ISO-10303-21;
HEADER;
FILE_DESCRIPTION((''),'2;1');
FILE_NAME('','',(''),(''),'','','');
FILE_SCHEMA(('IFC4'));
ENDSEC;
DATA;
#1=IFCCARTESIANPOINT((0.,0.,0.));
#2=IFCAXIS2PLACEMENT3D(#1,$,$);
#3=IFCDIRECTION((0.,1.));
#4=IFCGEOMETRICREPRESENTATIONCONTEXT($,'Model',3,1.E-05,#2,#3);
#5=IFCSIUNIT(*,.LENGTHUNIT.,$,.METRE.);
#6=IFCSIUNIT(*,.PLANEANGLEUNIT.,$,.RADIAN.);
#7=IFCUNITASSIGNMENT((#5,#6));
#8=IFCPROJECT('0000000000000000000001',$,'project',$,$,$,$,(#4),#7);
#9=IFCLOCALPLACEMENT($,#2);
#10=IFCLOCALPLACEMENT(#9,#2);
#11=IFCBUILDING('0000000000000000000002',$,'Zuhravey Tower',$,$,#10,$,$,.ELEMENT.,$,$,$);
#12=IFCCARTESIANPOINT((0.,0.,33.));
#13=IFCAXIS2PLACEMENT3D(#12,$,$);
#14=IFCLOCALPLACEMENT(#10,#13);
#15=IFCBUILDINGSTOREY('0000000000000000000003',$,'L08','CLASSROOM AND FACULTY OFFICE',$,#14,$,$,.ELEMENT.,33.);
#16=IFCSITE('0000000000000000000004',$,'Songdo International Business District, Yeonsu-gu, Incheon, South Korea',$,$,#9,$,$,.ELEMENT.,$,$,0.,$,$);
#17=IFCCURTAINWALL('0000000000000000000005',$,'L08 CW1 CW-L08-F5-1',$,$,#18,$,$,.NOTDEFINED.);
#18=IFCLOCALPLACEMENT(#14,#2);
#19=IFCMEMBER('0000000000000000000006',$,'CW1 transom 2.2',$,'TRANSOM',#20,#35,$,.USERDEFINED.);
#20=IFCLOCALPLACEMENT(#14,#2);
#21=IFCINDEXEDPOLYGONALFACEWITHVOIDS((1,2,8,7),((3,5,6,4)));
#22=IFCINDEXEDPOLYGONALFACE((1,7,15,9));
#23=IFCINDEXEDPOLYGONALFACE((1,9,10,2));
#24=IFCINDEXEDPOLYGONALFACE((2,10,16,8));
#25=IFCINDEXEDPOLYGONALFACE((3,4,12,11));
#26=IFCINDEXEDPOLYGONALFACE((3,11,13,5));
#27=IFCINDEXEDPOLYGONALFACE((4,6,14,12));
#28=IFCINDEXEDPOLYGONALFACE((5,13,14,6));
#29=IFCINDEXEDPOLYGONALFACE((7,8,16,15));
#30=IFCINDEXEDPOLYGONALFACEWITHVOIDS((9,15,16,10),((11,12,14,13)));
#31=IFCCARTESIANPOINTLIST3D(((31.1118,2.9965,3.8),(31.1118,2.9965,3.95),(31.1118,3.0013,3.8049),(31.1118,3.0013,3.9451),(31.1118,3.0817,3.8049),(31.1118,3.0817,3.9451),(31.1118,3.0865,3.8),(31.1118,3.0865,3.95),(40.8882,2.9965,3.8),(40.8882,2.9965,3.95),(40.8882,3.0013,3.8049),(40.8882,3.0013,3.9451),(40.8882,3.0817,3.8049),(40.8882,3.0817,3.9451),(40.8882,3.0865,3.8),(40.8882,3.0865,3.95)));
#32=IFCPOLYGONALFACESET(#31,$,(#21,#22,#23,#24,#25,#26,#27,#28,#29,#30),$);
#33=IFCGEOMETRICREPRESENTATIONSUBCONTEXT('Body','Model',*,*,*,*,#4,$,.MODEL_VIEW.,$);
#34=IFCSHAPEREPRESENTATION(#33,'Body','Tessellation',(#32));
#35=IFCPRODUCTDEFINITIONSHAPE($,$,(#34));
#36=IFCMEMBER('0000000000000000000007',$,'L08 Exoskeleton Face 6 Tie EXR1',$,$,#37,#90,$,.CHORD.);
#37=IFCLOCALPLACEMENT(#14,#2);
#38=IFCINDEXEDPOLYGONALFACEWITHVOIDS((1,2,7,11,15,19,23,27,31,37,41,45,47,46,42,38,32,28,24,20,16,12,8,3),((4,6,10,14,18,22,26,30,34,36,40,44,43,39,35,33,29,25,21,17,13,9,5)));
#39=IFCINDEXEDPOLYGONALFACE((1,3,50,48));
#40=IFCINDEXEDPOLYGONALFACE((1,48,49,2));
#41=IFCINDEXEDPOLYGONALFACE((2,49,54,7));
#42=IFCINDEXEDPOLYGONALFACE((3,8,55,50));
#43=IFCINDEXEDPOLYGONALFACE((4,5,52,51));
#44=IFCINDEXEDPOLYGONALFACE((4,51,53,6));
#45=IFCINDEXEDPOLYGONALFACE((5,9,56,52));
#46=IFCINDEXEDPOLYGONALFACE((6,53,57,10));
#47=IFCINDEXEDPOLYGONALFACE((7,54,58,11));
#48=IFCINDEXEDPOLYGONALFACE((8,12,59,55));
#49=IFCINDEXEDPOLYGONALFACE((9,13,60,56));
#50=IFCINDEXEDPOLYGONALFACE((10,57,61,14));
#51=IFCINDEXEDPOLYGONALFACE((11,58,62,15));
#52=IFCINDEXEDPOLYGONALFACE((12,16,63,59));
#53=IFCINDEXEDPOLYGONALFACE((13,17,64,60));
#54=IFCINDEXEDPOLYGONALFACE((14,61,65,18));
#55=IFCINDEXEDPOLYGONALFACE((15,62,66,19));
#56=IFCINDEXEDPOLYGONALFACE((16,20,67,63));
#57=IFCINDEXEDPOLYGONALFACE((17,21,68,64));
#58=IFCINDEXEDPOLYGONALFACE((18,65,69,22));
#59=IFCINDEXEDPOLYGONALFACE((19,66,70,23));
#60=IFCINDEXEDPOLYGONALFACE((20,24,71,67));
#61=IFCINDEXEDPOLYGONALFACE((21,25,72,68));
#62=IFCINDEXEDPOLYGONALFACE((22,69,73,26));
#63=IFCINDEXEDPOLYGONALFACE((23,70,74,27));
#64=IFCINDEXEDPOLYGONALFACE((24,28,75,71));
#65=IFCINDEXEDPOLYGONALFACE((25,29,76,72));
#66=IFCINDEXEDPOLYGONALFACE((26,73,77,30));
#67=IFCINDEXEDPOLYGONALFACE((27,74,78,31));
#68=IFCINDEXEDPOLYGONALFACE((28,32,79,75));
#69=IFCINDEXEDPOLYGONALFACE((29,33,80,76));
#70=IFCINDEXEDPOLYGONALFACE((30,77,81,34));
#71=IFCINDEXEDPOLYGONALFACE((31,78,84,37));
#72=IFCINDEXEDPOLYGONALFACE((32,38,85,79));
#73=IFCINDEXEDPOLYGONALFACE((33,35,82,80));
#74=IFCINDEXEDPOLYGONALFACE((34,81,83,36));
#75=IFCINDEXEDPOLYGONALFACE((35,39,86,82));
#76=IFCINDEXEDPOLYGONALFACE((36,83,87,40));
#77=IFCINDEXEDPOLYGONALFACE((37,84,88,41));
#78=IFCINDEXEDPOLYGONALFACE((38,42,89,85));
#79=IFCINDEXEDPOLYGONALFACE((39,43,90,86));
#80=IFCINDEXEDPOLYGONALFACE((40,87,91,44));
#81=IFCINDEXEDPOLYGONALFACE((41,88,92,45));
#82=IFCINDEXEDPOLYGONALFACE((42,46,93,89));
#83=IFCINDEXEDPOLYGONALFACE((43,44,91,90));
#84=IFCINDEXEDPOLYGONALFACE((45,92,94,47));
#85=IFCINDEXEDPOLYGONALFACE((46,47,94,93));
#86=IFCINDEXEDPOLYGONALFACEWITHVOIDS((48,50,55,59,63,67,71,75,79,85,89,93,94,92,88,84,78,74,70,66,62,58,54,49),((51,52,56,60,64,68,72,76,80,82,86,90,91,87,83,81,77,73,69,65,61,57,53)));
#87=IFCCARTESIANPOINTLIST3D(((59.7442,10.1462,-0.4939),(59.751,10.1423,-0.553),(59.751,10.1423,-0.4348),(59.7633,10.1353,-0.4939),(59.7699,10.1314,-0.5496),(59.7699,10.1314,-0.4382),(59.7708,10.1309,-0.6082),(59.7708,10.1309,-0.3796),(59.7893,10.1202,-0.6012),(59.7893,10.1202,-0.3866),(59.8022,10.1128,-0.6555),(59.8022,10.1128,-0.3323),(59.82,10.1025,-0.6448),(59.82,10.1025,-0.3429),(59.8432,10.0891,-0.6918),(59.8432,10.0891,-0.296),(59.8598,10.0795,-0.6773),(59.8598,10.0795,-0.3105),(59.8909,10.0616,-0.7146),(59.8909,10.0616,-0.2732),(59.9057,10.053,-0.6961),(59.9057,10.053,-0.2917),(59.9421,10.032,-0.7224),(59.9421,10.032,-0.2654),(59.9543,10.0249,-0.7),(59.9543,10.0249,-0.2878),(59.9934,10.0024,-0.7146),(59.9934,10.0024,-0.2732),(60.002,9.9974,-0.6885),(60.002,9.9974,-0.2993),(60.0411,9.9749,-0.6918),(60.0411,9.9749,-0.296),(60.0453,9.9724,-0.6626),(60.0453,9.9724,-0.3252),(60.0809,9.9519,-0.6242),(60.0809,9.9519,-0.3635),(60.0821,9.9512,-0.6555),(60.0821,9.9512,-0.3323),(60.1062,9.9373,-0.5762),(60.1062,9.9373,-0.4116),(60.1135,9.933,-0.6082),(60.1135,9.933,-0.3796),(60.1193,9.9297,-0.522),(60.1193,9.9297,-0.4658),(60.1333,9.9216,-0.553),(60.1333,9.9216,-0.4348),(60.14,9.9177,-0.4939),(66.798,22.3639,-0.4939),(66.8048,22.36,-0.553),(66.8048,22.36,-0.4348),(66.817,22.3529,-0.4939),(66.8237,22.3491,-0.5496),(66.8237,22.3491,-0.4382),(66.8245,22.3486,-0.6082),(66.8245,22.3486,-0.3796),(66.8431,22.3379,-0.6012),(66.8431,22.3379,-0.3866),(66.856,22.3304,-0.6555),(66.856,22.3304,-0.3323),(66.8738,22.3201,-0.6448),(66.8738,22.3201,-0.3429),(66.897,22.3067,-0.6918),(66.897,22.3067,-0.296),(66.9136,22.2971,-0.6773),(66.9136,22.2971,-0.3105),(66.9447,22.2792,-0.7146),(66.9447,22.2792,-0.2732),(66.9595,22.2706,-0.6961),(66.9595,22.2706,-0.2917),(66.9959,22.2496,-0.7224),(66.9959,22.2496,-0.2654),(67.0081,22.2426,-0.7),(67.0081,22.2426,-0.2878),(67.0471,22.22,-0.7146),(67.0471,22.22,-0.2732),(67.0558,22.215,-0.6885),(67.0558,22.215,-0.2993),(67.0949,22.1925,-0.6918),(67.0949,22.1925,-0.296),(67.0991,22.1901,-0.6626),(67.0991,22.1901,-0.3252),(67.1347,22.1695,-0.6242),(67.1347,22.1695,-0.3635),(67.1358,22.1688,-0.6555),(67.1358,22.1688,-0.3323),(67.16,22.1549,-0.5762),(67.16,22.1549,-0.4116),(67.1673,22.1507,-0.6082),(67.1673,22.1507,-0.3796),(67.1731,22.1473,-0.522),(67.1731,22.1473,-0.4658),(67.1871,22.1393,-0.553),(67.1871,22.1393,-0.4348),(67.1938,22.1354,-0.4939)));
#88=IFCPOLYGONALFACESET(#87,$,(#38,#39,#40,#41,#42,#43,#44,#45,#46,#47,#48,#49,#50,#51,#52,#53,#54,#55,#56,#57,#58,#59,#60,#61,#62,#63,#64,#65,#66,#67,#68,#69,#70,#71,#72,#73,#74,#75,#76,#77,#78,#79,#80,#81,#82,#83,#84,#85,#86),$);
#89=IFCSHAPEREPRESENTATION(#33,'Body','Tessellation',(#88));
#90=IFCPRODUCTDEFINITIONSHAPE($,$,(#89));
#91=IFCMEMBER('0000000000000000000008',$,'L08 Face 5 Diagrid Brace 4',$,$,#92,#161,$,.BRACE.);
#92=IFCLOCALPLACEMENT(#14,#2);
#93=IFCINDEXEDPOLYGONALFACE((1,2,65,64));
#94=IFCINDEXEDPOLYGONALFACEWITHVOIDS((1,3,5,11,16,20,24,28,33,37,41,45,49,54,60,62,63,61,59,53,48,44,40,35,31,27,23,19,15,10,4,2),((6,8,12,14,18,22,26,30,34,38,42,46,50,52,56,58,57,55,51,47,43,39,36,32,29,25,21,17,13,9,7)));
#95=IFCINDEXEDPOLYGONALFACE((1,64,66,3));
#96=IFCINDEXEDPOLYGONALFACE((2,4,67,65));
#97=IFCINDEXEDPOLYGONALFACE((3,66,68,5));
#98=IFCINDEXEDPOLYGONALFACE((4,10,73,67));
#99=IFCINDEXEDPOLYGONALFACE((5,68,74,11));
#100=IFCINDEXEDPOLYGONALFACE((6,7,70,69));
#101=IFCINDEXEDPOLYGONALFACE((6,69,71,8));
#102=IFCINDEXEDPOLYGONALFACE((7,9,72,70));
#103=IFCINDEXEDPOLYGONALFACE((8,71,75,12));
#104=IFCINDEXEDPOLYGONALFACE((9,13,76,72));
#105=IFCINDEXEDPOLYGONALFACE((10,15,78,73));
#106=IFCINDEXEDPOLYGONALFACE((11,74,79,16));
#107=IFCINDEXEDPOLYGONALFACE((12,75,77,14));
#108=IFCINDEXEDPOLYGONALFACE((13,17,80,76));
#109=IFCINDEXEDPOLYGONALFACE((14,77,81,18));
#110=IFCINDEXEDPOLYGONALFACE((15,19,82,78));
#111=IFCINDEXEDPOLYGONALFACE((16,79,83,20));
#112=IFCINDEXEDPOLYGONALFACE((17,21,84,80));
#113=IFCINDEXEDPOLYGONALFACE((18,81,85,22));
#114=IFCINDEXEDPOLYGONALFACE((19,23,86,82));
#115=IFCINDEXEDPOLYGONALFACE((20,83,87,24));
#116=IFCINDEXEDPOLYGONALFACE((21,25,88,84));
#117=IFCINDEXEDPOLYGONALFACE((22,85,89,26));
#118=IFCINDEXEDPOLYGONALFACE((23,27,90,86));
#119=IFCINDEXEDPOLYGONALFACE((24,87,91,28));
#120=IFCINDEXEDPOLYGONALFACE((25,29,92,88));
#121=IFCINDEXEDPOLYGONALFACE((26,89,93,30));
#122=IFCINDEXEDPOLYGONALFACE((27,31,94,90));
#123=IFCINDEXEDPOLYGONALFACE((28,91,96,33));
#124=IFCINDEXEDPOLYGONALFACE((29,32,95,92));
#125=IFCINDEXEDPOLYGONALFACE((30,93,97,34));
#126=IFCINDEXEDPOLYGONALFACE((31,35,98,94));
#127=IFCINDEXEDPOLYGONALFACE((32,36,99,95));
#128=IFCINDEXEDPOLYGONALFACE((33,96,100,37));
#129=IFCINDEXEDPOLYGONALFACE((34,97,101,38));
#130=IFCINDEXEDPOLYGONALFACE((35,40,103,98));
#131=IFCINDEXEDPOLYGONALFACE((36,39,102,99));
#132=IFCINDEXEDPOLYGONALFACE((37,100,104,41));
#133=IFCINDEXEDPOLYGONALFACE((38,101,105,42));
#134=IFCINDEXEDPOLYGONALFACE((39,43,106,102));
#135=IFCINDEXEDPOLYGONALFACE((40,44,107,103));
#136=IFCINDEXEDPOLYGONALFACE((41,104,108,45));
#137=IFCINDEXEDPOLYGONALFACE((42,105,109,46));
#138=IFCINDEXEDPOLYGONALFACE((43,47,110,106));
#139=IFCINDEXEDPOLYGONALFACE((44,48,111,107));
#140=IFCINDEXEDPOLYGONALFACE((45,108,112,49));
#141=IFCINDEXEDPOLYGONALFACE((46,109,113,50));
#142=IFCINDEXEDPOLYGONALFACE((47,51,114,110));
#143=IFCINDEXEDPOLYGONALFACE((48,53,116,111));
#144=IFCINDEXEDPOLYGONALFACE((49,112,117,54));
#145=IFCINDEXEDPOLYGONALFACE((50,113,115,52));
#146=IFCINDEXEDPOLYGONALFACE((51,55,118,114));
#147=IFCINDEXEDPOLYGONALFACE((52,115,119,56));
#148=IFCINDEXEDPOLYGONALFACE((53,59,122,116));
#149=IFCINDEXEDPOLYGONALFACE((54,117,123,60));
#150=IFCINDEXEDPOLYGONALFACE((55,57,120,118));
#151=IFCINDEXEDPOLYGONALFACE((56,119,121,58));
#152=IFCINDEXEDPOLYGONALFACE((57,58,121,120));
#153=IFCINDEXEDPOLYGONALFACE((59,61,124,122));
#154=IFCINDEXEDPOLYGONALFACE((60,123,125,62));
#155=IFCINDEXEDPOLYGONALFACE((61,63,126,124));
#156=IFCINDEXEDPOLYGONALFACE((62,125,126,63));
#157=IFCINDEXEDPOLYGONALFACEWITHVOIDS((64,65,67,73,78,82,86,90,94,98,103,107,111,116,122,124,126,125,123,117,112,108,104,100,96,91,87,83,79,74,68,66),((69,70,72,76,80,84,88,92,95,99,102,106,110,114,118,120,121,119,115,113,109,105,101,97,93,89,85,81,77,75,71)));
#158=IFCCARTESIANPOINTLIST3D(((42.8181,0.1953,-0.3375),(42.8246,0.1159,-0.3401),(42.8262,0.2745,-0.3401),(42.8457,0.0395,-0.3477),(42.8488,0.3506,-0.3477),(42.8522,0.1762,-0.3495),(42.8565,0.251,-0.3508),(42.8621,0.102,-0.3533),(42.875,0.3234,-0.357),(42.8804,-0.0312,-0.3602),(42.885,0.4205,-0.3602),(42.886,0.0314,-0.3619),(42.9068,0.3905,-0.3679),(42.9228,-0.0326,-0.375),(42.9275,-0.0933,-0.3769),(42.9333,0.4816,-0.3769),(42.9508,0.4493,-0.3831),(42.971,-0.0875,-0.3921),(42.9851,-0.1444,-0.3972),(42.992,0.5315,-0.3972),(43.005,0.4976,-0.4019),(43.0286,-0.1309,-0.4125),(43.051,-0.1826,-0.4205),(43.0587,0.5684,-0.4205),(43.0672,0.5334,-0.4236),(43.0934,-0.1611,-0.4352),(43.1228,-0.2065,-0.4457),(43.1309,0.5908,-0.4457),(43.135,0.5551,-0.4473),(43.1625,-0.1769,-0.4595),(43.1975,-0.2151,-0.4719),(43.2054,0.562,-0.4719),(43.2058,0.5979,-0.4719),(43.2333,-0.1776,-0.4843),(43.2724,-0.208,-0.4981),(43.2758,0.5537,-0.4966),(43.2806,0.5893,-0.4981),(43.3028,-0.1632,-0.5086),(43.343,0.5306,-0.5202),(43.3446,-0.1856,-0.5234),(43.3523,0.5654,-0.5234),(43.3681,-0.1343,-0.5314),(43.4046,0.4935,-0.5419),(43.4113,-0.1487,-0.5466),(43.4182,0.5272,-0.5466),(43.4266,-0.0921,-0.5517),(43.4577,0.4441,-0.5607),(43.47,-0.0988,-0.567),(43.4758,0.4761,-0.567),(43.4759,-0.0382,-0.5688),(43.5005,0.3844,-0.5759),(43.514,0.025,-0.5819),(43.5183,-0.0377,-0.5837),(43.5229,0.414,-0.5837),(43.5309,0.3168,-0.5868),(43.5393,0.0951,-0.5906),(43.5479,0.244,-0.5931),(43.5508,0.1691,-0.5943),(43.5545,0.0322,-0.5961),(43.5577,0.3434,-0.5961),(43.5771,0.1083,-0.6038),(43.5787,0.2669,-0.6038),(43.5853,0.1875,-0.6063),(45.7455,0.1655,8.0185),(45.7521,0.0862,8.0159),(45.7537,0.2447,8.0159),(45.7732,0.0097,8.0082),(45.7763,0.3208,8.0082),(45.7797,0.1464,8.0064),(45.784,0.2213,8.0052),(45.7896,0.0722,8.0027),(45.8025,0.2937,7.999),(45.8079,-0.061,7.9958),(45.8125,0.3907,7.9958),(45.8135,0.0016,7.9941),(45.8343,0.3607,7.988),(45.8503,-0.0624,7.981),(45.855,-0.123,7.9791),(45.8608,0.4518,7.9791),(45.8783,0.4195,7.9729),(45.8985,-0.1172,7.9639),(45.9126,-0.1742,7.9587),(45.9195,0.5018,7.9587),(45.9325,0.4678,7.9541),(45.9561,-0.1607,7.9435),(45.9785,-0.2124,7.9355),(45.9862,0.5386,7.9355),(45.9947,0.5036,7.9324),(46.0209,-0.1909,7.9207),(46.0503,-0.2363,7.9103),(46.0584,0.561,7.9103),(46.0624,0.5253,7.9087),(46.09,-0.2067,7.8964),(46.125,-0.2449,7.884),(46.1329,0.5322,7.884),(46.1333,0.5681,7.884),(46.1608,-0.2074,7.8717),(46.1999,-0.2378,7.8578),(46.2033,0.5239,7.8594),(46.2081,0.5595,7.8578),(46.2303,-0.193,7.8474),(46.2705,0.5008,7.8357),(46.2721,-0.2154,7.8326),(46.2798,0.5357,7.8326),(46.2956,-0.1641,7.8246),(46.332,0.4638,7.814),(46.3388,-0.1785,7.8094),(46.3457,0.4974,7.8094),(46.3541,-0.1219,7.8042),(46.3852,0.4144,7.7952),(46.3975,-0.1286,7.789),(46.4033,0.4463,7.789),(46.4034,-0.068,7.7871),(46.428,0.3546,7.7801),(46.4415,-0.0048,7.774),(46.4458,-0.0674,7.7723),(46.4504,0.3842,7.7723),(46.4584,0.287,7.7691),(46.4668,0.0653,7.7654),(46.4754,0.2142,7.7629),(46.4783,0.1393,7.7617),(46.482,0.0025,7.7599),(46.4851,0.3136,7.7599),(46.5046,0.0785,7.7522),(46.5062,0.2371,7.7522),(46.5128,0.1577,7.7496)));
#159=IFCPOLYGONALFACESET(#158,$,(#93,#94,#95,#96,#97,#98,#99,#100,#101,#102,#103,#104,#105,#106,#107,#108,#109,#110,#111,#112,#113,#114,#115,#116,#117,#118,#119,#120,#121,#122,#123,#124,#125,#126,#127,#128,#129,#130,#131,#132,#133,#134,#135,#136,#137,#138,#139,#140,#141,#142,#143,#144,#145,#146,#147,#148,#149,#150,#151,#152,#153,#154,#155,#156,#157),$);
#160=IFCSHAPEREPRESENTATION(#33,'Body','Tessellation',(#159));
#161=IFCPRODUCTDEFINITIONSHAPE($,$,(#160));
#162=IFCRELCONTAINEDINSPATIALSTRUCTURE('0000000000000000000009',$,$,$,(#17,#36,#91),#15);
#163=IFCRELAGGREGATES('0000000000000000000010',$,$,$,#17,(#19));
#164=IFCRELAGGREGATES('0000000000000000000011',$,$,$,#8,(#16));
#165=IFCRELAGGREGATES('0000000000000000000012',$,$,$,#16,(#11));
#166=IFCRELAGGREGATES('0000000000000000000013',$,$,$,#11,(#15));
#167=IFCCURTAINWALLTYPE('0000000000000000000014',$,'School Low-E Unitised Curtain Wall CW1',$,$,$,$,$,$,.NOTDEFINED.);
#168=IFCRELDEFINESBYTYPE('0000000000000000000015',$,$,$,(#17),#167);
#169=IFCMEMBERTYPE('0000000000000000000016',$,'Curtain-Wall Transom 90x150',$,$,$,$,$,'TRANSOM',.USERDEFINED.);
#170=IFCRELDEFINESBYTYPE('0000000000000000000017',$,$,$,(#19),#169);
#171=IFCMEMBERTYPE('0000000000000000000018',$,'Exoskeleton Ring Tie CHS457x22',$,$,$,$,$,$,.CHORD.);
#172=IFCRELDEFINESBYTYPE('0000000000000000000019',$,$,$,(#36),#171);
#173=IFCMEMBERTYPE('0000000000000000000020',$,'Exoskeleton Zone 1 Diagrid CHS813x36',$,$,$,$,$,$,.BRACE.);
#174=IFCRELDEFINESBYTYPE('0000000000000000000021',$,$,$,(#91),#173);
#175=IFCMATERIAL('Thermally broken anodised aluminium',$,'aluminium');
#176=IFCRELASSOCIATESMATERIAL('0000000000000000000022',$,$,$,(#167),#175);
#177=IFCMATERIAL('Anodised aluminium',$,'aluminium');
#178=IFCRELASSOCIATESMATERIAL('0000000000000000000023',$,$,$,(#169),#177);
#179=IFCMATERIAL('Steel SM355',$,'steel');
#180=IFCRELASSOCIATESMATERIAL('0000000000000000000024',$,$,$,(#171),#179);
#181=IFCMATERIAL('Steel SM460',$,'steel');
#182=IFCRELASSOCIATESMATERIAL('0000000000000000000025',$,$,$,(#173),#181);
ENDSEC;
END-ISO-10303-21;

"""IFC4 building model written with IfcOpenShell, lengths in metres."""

from ifc_helpers import new_model, si_unit, direction, frame, origin, origin_2d, place, context, subcontext, project, spatial, hollow_rectangle, hollow_circle, extrude, material, material_profile, profile_set, type_object, element, aggregate, save


model = new_model("IFC4")

# Units and contexts
model_context = context("Model", 3, precision=1e-05, world=origin(), true_north=direction((0.0, 1.0)))
body_context = subcontext(model_context, "Body", "Model", "MODEL_VIEW")
ifc_project = project(units=[si_unit("LENGTHUNIT", "METRE"), si_unit("PLANEANGLEUNIT", "RADIAN")], contexts=[model_context])

# Site, building, storey
site_placement = place(None, origin())
site = spatial("IfcSite", under=ifc_project, at=site_placement, Name="Songdo International Business District, Yeonsu-gu, Incheon, South Korea", CompositionType="ELEMENT", RefElevation=0.0)
building_placement = place(site_placement, origin())
building = spatial("IfcBuilding", under=site, at=building_placement, Name="Zuhravey Tower", CompositionType="ELEMENT")
storey_placement = place(building_placement, frame((0.0, 0.0, 33.0)))
storey = spatial("IfcBuildingStorey", under=building, at=storey_placement, Name="L08", Description="CLASSROOM AND FACULTY OFFICE", CompositionType="ELEMENT", Elevation=33.0)

# Curtain wall
ifc_material_1 = material(Name="Thermally broken anodised aluminium", Category="aluminium")
curtain_wall_type = type_object("IfcCurtainWallType", Name="School Low-E Unitised Curtain Wall CW1", PredefinedType="NOTDEFINED", material=ifc_material_1)
ifc_material_2 = material(Name="Anodised aluminium", Category="aluminium")
curtain_wall_1_placement = place(storey_placement, origin())
curtain_wall_1 = element("IfcCurtainWall", 1, at=curtain_wall_1_placement, inside=storey, type_object=curtain_wall_type, Name="L08 CW1 CW-L08-F5-1", PredefinedType="NOTDEFINED")

# Member
ifc_material_profile_1 = material_profile(ifc_material_2, hollow_rectangle(XDim=0.0901, YDim=0.1499, WallThickness=0.0049, at=origin_2d()), Name="ALU-RHS-90x150x5")
ifc_profile_set_1 = profile_set([ifc_material_profile_1], Name="Anodised aluminium")
member_type_1 = type_object("IfcMemberType", Name="Curtain-Wall Transom 90x150", ElementType="TRANSOM", PredefinedType="USERDEFINED", material=ifc_profile_set_1)
member_1_placement = place(storey_placement, frame((40.8882, 3.0415, 3.875), z_axis=(-1.0, 0.0, 0.0), x_axis=(0.0, -1.0, 0.0)))
member_1 = element("IfcMember", 2, at=member_1_placement, type_object=member_type_1, Name="CW1 transom 2.2", ObjectType="TRANSOM", PredefinedType="USERDEFINED", context=body_context, shape_type="SweptSolid", body=[
    extrude(hollow_rectangle(XDim=0.0901, YDim=0.1499, WallThickness=0.0049, at=origin_2d()), origin(), (0.0, 0.0, 1.0), 9.7764),
])

# Members
ifc_material_3 = material(Name="Steel SM355", Category="steel")
ifc_material_profile_2 = material_profile(ifc_material_3, hollow_circle(Radius=0.2285, WallThickness=0.022, at=origin_2d()), Name="CHS-457.2x22")
ifc_profile_set_2 = profile_set([ifc_material_profile_2], Name="Steel SM355")
member_type_2 = type_object("IfcMemberType", Name="Exoskeleton Ring Tie CHS457x22", PredefinedType="CHORD", material=ifc_profile_set_2)
member_2_placement = place(storey_placement, frame((59.9421, 10.032, -0.4939), z_axis=(0.499996, 0.866028, 0.0), x_axis=(-0.866028, 0.499996, 0.0)))
element("IfcMember", 3, at=member_2_placement, inside=storey, type_object=member_type_2, Name="L08 Exoskeleton Face 6 Tie EXR1", PredefinedType="CHORD", context=body_context, shape_type="SweptSolid", body=[
    extrude(hollow_circle(Radius=0.2285, WallThickness=0.022, at=origin_2d()), origin(), (0.0, 0.0, 1.0), 14.1077),
])
ifc_material_4 = material(Name="Steel SM460", Category="steel")
ifc_material_profile_3 = material_profile(ifc_material_4, hollow_circle(Radius=0.4065, WallThickness=0.0359, at=origin_2d()), Name="CHS-812.8x36")
ifc_profile_set_3 = profile_set([ifc_material_profile_3], Name="Steel SM460")
member_type_3 = type_object("IfcMemberType", Name="Exoskeleton Zone 1 Diagrid CHS813x36", PredefinedType="BRACE", material=ifc_profile_set_3)
member_3_placement = place(storey_placement, frame((43.2017, 0.1914, -0.4719), z_axis=(0.330641, -0.003364, 0.943751), x_axis=(0.010174, 0.999948, 0.0)))
element("IfcMember", 4, at=member_3_placement, inside=storey, type_object=member_type_3, Name="L08 Face 5 Diagrid Brace 4", PredefinedType="BRACE", context=body_context, shape_type="SweptSolid", body=[
    extrude(hollow_circle(Radius=0.4065, WallThickness=0.0359, at=origin_2d()), origin(), (0.0, 0.0, 1.0), 8.854),
])

aggregate(curtain_wall_1, [member_1])

save(model, "model.ifc")
